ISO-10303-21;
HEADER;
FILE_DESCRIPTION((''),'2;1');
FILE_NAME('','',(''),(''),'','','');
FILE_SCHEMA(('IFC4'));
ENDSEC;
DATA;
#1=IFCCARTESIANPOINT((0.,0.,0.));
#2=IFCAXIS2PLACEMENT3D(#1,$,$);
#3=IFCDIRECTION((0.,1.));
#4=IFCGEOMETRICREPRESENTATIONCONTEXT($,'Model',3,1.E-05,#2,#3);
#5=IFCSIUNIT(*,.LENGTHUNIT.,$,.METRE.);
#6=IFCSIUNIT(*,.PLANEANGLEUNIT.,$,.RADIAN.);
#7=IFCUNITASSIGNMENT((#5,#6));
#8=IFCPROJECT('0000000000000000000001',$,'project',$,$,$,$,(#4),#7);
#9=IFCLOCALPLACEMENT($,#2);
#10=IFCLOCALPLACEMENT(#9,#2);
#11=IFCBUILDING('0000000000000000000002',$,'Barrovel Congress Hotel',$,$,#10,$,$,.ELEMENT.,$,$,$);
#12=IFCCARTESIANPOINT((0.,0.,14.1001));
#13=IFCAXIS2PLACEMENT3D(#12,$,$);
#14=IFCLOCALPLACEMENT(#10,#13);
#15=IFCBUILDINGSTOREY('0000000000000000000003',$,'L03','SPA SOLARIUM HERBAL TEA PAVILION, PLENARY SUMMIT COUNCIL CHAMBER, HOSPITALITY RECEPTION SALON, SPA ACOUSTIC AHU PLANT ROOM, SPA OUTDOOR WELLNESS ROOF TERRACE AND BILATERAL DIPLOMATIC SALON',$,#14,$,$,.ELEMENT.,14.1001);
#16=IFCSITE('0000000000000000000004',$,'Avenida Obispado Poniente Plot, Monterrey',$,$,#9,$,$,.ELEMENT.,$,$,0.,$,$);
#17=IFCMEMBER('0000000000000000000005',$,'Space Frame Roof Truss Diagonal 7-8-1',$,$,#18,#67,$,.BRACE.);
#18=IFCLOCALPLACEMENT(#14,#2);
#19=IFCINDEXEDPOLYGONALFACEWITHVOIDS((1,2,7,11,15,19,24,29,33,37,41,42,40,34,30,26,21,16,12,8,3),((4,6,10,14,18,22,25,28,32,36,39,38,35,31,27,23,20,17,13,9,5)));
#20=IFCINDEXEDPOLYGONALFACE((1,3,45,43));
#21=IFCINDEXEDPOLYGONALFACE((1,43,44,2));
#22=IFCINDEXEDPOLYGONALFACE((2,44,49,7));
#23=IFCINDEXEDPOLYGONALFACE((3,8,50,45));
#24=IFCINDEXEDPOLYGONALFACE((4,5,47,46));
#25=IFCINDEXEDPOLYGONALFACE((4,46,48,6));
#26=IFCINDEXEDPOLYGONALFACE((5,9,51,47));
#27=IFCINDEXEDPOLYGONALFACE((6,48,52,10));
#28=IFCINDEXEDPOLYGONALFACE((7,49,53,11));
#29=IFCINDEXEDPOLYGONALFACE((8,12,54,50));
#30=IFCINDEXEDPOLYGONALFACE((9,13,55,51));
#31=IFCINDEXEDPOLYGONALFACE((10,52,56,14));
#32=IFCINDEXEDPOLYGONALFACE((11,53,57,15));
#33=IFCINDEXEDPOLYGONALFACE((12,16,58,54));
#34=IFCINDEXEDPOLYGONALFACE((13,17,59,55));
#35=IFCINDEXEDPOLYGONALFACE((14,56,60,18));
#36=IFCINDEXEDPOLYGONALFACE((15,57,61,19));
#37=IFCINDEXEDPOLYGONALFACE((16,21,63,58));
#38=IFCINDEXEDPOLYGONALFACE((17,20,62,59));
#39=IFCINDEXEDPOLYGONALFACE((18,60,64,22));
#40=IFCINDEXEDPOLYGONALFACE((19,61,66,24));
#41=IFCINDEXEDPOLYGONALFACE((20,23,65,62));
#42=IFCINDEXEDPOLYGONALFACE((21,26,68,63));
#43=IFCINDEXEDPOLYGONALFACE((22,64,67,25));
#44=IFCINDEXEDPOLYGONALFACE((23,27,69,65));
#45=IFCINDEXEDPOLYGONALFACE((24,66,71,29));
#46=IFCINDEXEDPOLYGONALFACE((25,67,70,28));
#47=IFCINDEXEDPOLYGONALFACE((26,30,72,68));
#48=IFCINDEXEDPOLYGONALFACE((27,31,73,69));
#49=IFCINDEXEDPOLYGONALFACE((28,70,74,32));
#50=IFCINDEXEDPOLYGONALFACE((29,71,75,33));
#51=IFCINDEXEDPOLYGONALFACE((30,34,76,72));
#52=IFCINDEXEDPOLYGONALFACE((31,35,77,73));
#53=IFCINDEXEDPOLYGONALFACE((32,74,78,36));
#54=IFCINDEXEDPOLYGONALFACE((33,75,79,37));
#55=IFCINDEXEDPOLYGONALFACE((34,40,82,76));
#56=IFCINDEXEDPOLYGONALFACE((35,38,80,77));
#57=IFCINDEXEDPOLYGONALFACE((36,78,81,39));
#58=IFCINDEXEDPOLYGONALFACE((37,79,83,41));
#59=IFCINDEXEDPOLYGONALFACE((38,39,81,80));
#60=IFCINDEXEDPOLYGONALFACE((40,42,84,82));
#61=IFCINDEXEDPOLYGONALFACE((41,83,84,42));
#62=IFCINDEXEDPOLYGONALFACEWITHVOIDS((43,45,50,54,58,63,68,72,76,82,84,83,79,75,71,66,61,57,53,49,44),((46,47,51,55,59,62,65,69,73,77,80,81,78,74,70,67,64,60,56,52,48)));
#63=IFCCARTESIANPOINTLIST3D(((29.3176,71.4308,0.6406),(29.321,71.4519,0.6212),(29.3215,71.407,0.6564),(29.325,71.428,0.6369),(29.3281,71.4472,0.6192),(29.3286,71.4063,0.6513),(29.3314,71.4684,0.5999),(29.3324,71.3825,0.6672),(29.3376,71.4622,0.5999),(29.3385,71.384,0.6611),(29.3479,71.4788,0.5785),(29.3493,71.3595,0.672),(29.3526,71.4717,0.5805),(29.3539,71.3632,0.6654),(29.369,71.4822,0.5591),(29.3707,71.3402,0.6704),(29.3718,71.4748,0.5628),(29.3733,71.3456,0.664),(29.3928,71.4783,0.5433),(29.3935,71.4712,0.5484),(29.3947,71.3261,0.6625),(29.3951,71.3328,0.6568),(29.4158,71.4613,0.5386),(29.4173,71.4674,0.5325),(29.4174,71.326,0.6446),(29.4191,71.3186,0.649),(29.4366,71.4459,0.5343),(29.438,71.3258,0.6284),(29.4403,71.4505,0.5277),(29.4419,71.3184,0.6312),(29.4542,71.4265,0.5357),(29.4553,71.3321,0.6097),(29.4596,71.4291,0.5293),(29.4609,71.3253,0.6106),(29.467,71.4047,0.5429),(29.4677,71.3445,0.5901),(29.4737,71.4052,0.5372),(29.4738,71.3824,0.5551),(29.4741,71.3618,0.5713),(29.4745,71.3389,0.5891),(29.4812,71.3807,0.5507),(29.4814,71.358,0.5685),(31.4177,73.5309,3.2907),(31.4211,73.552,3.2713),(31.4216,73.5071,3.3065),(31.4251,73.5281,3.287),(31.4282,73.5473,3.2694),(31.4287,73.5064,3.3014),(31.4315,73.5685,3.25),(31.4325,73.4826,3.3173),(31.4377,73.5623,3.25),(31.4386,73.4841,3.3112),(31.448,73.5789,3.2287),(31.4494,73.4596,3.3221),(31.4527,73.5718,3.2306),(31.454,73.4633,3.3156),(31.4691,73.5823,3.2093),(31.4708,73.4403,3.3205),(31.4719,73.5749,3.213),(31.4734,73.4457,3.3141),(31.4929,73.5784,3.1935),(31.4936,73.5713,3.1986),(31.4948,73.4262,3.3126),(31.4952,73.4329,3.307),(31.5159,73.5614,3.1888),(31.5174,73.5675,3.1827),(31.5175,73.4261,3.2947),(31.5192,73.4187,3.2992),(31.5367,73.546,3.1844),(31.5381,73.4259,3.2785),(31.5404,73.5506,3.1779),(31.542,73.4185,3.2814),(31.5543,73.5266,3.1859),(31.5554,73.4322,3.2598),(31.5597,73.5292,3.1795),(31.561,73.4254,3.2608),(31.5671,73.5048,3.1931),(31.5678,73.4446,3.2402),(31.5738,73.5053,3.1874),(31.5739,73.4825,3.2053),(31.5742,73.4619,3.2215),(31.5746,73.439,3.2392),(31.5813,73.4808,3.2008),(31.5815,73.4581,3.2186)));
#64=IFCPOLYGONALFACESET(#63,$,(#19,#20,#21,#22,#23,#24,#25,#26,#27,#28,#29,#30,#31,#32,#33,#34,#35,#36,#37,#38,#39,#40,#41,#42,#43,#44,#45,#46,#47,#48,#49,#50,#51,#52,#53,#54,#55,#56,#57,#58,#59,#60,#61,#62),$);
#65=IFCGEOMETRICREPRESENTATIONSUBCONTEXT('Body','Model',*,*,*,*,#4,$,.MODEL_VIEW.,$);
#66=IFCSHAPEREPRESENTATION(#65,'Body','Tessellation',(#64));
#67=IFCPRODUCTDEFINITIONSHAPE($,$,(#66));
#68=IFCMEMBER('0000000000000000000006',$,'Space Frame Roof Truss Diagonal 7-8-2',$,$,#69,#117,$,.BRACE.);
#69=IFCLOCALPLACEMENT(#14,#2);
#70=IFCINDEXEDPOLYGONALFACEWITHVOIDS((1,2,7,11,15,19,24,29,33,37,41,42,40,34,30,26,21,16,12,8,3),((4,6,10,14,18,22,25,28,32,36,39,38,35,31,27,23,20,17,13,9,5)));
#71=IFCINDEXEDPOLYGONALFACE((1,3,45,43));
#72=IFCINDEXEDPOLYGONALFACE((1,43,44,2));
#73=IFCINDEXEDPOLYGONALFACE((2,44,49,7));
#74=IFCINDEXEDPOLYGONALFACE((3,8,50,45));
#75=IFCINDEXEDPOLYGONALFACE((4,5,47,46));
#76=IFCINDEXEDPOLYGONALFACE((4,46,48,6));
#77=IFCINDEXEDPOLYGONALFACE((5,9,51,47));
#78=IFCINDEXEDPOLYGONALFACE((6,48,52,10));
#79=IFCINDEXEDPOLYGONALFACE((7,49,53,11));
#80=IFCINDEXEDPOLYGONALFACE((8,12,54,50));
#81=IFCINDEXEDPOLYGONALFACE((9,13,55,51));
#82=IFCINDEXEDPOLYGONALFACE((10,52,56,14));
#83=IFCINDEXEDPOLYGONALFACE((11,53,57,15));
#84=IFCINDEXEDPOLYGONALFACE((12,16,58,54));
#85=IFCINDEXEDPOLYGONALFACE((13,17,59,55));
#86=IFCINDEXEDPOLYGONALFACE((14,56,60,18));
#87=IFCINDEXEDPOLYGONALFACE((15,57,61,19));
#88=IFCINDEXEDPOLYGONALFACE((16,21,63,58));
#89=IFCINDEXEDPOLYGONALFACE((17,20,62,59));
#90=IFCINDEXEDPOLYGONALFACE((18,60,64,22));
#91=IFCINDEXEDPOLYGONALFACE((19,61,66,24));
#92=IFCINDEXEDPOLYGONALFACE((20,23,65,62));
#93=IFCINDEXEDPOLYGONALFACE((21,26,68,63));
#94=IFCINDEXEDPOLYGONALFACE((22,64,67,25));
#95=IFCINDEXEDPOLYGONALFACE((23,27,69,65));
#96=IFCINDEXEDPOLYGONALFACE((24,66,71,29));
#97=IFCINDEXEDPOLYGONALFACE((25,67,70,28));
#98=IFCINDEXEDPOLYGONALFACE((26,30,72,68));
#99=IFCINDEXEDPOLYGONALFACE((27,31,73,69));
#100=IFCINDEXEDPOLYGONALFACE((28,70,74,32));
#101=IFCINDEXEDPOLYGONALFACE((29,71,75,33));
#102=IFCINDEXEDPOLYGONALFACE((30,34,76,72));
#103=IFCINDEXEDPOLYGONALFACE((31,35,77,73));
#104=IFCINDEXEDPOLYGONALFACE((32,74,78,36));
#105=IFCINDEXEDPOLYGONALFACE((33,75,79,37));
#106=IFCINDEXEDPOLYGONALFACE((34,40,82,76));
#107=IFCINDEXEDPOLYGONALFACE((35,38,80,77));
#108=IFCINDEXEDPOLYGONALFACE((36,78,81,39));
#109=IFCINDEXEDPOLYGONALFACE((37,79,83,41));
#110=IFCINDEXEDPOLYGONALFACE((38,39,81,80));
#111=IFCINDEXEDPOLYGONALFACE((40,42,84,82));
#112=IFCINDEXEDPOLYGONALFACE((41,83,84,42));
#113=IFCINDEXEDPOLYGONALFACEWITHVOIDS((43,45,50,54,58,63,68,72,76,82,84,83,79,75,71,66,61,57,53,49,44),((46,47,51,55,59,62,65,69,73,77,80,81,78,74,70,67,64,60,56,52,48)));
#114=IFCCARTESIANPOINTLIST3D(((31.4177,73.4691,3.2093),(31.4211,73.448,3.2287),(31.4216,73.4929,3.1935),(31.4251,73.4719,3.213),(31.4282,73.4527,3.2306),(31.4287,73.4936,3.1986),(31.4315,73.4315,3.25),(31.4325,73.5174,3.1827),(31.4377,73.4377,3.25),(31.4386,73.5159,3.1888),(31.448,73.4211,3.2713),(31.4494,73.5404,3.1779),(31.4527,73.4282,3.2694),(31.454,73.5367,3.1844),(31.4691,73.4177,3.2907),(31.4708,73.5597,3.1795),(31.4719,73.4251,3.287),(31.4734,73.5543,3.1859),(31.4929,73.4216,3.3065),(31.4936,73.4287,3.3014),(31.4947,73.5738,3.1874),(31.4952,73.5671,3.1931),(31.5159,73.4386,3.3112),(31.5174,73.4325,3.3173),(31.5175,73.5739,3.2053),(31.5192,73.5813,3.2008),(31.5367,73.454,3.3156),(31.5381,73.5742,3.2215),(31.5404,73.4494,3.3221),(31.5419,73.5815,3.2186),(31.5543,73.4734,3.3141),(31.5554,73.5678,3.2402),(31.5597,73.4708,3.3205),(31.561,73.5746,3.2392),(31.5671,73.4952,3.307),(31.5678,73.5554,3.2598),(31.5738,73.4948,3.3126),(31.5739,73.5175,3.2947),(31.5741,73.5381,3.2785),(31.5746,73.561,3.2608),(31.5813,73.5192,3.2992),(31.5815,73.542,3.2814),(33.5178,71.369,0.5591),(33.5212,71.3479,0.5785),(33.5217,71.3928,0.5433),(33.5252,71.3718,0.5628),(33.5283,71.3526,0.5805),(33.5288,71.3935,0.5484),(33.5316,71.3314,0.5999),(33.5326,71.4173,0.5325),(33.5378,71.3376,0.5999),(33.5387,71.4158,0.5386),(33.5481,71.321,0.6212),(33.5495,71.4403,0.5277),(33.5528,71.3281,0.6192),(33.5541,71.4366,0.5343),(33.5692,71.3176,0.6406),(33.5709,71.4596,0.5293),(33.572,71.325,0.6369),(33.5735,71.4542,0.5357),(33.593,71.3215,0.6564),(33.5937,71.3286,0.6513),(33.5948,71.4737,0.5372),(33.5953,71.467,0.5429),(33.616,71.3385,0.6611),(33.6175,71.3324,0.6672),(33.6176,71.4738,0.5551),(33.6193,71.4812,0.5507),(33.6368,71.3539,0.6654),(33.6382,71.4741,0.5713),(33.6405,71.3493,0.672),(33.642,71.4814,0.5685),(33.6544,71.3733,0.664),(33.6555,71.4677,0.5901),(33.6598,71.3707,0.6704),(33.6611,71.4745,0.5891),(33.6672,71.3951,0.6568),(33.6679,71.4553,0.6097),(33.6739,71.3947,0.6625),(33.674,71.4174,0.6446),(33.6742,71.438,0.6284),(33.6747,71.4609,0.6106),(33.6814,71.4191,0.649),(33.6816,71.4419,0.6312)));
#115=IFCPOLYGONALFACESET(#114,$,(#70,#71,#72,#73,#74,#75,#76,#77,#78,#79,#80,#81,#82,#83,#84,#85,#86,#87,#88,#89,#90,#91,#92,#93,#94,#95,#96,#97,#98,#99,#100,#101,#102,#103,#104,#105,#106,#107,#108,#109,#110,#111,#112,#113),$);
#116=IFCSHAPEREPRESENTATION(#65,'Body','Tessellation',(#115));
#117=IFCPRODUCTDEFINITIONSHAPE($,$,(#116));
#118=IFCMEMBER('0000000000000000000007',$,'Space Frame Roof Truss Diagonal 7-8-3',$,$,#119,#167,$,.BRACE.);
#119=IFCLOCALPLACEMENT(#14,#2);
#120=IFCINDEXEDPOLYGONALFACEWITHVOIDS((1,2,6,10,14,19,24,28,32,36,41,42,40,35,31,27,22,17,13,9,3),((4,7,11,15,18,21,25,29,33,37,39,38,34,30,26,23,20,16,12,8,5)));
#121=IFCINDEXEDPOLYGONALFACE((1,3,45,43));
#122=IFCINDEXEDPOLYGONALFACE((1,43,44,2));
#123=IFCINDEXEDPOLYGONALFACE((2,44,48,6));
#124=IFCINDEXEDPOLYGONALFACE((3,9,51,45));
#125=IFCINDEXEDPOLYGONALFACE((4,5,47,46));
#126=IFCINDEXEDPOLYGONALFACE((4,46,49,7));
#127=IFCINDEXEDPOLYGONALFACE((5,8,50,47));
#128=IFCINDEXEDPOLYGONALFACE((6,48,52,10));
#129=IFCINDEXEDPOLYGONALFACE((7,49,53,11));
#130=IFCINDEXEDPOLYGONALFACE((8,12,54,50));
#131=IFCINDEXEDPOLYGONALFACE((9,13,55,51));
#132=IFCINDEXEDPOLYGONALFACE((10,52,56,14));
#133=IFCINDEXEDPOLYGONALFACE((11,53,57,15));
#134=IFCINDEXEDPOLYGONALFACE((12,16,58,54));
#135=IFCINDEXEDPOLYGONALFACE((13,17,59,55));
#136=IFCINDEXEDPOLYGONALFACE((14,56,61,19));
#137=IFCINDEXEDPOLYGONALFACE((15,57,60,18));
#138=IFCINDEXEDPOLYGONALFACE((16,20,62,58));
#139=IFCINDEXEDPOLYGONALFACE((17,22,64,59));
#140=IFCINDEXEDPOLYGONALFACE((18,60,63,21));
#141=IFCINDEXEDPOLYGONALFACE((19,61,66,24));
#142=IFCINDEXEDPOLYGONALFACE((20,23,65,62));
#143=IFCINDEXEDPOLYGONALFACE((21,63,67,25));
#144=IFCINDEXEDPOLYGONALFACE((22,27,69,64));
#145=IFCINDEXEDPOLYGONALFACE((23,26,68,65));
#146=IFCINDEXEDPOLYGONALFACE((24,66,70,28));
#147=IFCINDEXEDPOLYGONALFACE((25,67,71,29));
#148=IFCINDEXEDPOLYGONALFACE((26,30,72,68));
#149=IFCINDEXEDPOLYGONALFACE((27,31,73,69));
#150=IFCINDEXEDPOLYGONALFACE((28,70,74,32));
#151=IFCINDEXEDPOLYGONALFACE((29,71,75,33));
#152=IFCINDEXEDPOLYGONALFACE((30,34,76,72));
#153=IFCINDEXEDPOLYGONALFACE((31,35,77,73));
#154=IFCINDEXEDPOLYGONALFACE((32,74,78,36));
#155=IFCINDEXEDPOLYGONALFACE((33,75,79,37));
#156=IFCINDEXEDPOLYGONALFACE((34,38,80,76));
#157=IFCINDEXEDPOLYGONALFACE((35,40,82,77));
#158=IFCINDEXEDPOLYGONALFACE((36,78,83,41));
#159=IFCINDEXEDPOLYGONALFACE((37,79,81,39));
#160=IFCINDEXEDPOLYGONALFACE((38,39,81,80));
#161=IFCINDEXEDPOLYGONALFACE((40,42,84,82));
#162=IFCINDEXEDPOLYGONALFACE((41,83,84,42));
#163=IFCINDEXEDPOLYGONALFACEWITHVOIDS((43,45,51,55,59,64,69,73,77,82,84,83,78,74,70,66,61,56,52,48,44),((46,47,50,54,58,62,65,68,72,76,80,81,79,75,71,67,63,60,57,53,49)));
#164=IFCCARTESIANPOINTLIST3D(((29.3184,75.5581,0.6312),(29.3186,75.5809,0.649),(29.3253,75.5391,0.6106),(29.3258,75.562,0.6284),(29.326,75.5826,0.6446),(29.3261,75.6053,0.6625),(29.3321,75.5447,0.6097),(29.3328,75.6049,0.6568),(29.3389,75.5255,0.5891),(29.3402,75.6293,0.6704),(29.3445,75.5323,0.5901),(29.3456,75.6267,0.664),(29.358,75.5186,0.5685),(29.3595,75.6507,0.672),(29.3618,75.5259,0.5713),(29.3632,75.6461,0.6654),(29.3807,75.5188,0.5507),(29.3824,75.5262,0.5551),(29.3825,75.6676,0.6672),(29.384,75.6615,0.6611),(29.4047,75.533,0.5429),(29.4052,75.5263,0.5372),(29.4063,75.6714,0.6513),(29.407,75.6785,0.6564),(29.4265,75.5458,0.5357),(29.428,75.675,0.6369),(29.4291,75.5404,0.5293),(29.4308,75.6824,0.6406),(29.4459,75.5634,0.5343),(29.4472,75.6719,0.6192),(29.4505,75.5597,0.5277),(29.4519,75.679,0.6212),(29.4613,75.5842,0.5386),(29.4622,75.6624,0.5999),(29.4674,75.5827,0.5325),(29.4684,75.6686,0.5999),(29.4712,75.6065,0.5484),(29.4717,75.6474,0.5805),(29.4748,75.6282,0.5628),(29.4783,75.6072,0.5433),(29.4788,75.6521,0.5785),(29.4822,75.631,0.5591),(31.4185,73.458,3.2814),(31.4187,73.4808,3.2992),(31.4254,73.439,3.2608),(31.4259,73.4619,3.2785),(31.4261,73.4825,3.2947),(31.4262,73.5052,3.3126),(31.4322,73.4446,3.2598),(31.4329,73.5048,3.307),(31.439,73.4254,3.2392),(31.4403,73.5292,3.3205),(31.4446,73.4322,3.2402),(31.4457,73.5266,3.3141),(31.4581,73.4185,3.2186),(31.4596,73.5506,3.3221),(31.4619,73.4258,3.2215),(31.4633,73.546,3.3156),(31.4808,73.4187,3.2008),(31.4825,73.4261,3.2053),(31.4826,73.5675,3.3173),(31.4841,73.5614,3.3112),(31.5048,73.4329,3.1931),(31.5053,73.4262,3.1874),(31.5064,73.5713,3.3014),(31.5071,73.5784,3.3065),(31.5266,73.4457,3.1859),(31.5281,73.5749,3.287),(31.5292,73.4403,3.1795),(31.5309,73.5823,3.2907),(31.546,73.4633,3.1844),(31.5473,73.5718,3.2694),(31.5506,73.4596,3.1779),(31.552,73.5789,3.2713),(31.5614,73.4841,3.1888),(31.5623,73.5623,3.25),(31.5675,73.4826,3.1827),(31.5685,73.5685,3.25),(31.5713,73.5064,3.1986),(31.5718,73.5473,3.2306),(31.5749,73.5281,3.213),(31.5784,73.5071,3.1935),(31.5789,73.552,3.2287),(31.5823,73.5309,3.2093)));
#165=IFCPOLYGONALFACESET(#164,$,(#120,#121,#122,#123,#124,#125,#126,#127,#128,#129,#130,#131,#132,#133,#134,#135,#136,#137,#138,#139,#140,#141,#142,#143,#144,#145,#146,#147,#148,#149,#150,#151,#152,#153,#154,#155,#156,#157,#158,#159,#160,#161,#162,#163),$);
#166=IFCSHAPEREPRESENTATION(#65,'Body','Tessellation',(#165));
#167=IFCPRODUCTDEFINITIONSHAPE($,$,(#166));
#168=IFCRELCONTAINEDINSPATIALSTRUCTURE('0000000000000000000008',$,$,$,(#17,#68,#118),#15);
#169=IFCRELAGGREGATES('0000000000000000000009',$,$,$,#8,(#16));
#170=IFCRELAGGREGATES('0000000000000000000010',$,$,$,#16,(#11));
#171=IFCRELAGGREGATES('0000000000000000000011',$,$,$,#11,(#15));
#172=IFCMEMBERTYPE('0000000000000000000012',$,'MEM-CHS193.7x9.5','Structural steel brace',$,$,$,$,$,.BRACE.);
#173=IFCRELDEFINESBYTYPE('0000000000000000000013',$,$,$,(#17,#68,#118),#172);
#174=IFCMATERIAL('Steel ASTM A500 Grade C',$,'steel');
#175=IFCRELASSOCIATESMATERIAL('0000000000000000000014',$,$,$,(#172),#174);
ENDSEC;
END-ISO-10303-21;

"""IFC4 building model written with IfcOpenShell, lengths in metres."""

from ifc_helpers import new_model, si_unit, direction, frame, origin, origin_2d, place, context, subcontext, project, spatial, hollow_circle, extrude, material, material_profile, profile_set, type_object, element, save


model = new_model("IFC4")

# Units and contexts
model_context = context("Model", 3, precision=1e-05, world=origin(), true_north=direction((0.0, 1.0)))
body_context = subcontext(model_context, "Body", "Model", "MODEL_VIEW")
ifc_project = project(units=[si_unit("LENGTHUNIT", "METRE"), si_unit("PLANEANGLEUNIT", "RADIAN")], contexts=[model_context])

# Site, building, storey
site_placement = place(None, origin())
site = spatial("IfcSite", under=ifc_project, at=site_placement, Name="Avenida Obispado Poniente Plot, Monterrey", CompositionType="ELEMENT", RefElevation=0.0)
building_placement = place(site_placement, origin())
building = spatial("IfcBuilding", under=site, at=building_placement, Name="Barrovel Congress Hotel", CompositionType="ELEMENT")
storey_placement = place(building_placement, frame((0.0, 0.0, 14.1001)))
storey = spatial("IfcBuildingStorey", under=building, at=storey_placement, Name="L03", Description="SPA SOLARIUM HERBAL TEA PAVILION, PLENARY SUMMIT COUNCIL CHAMBER, HOSPITALITY RECEPTION SALON, SPA ACOUSTIC AHU PLANT ROOM, SPA OUTDOOR WELLNESS ROOF TERRACE AND BILATERAL DIPLOMATIC SALON", CompositionType="ELEMENT", Elevation=14.1001)

# Members
ifc_material_1 = material(Name="Steel ASTM A500 Grade C", Category="steel")
ifc_material_profile_1 = material_profile(ifc_material_1, hollow_circle(Radius=0.0969, WallThickness=0.0088, at=origin_2d()), Name="CHS193.7x9.5")
ifc_profile_set_1 = profile_set([ifc_material_profile_1], Name="Steel ASTM A500 Grade C")
member_type_1 = type_object("IfcMemberType", Name="MEM-CHS193.7x9.5", Description="Structural steel brace", PredefinedType="BRACE", material=ifc_profile_set_1)
for number, where, z_axis, x_axis, name in (
    (1, (29.3999, 71.3999, 0.5999), (0.527601, 0.527601, 0.665788), (-0.707107, 0.707107, 0.0), "Space Frame Roof Truss Diagonal 7-8-1"),
    (2, (33.6001, 71.3999, 0.5999), (-0.527601, 0.527601, 0.665788), (-0.707107, -0.707107, 0.0), "Space Frame Roof Truss Diagonal 7-8-2"),
    (3, (29.3999, 75.6001, 0.5999), (0.527601, -0.527601, 0.665788), (0.707107, 0.707107, 0.0), "Space Frame Roof Truss Diagonal 7-8-3"),
):
    element("IfcMember", number, at=place(storey_placement, frame(where, z_axis=z_axis, x_axis=x_axis)), inside=storey, type_object=member_type_1, Name=name, PredefinedType="BRACE", context=body_context, shape_type="SweptSolid", body=[
        extrude(hollow_circle(Radius=0.0969, WallThickness=0.0088, at=origin_2d()), origin(), (0.0, 0.0, 1.0), 3.9805),
    ])

save(model, "model.ifc")
